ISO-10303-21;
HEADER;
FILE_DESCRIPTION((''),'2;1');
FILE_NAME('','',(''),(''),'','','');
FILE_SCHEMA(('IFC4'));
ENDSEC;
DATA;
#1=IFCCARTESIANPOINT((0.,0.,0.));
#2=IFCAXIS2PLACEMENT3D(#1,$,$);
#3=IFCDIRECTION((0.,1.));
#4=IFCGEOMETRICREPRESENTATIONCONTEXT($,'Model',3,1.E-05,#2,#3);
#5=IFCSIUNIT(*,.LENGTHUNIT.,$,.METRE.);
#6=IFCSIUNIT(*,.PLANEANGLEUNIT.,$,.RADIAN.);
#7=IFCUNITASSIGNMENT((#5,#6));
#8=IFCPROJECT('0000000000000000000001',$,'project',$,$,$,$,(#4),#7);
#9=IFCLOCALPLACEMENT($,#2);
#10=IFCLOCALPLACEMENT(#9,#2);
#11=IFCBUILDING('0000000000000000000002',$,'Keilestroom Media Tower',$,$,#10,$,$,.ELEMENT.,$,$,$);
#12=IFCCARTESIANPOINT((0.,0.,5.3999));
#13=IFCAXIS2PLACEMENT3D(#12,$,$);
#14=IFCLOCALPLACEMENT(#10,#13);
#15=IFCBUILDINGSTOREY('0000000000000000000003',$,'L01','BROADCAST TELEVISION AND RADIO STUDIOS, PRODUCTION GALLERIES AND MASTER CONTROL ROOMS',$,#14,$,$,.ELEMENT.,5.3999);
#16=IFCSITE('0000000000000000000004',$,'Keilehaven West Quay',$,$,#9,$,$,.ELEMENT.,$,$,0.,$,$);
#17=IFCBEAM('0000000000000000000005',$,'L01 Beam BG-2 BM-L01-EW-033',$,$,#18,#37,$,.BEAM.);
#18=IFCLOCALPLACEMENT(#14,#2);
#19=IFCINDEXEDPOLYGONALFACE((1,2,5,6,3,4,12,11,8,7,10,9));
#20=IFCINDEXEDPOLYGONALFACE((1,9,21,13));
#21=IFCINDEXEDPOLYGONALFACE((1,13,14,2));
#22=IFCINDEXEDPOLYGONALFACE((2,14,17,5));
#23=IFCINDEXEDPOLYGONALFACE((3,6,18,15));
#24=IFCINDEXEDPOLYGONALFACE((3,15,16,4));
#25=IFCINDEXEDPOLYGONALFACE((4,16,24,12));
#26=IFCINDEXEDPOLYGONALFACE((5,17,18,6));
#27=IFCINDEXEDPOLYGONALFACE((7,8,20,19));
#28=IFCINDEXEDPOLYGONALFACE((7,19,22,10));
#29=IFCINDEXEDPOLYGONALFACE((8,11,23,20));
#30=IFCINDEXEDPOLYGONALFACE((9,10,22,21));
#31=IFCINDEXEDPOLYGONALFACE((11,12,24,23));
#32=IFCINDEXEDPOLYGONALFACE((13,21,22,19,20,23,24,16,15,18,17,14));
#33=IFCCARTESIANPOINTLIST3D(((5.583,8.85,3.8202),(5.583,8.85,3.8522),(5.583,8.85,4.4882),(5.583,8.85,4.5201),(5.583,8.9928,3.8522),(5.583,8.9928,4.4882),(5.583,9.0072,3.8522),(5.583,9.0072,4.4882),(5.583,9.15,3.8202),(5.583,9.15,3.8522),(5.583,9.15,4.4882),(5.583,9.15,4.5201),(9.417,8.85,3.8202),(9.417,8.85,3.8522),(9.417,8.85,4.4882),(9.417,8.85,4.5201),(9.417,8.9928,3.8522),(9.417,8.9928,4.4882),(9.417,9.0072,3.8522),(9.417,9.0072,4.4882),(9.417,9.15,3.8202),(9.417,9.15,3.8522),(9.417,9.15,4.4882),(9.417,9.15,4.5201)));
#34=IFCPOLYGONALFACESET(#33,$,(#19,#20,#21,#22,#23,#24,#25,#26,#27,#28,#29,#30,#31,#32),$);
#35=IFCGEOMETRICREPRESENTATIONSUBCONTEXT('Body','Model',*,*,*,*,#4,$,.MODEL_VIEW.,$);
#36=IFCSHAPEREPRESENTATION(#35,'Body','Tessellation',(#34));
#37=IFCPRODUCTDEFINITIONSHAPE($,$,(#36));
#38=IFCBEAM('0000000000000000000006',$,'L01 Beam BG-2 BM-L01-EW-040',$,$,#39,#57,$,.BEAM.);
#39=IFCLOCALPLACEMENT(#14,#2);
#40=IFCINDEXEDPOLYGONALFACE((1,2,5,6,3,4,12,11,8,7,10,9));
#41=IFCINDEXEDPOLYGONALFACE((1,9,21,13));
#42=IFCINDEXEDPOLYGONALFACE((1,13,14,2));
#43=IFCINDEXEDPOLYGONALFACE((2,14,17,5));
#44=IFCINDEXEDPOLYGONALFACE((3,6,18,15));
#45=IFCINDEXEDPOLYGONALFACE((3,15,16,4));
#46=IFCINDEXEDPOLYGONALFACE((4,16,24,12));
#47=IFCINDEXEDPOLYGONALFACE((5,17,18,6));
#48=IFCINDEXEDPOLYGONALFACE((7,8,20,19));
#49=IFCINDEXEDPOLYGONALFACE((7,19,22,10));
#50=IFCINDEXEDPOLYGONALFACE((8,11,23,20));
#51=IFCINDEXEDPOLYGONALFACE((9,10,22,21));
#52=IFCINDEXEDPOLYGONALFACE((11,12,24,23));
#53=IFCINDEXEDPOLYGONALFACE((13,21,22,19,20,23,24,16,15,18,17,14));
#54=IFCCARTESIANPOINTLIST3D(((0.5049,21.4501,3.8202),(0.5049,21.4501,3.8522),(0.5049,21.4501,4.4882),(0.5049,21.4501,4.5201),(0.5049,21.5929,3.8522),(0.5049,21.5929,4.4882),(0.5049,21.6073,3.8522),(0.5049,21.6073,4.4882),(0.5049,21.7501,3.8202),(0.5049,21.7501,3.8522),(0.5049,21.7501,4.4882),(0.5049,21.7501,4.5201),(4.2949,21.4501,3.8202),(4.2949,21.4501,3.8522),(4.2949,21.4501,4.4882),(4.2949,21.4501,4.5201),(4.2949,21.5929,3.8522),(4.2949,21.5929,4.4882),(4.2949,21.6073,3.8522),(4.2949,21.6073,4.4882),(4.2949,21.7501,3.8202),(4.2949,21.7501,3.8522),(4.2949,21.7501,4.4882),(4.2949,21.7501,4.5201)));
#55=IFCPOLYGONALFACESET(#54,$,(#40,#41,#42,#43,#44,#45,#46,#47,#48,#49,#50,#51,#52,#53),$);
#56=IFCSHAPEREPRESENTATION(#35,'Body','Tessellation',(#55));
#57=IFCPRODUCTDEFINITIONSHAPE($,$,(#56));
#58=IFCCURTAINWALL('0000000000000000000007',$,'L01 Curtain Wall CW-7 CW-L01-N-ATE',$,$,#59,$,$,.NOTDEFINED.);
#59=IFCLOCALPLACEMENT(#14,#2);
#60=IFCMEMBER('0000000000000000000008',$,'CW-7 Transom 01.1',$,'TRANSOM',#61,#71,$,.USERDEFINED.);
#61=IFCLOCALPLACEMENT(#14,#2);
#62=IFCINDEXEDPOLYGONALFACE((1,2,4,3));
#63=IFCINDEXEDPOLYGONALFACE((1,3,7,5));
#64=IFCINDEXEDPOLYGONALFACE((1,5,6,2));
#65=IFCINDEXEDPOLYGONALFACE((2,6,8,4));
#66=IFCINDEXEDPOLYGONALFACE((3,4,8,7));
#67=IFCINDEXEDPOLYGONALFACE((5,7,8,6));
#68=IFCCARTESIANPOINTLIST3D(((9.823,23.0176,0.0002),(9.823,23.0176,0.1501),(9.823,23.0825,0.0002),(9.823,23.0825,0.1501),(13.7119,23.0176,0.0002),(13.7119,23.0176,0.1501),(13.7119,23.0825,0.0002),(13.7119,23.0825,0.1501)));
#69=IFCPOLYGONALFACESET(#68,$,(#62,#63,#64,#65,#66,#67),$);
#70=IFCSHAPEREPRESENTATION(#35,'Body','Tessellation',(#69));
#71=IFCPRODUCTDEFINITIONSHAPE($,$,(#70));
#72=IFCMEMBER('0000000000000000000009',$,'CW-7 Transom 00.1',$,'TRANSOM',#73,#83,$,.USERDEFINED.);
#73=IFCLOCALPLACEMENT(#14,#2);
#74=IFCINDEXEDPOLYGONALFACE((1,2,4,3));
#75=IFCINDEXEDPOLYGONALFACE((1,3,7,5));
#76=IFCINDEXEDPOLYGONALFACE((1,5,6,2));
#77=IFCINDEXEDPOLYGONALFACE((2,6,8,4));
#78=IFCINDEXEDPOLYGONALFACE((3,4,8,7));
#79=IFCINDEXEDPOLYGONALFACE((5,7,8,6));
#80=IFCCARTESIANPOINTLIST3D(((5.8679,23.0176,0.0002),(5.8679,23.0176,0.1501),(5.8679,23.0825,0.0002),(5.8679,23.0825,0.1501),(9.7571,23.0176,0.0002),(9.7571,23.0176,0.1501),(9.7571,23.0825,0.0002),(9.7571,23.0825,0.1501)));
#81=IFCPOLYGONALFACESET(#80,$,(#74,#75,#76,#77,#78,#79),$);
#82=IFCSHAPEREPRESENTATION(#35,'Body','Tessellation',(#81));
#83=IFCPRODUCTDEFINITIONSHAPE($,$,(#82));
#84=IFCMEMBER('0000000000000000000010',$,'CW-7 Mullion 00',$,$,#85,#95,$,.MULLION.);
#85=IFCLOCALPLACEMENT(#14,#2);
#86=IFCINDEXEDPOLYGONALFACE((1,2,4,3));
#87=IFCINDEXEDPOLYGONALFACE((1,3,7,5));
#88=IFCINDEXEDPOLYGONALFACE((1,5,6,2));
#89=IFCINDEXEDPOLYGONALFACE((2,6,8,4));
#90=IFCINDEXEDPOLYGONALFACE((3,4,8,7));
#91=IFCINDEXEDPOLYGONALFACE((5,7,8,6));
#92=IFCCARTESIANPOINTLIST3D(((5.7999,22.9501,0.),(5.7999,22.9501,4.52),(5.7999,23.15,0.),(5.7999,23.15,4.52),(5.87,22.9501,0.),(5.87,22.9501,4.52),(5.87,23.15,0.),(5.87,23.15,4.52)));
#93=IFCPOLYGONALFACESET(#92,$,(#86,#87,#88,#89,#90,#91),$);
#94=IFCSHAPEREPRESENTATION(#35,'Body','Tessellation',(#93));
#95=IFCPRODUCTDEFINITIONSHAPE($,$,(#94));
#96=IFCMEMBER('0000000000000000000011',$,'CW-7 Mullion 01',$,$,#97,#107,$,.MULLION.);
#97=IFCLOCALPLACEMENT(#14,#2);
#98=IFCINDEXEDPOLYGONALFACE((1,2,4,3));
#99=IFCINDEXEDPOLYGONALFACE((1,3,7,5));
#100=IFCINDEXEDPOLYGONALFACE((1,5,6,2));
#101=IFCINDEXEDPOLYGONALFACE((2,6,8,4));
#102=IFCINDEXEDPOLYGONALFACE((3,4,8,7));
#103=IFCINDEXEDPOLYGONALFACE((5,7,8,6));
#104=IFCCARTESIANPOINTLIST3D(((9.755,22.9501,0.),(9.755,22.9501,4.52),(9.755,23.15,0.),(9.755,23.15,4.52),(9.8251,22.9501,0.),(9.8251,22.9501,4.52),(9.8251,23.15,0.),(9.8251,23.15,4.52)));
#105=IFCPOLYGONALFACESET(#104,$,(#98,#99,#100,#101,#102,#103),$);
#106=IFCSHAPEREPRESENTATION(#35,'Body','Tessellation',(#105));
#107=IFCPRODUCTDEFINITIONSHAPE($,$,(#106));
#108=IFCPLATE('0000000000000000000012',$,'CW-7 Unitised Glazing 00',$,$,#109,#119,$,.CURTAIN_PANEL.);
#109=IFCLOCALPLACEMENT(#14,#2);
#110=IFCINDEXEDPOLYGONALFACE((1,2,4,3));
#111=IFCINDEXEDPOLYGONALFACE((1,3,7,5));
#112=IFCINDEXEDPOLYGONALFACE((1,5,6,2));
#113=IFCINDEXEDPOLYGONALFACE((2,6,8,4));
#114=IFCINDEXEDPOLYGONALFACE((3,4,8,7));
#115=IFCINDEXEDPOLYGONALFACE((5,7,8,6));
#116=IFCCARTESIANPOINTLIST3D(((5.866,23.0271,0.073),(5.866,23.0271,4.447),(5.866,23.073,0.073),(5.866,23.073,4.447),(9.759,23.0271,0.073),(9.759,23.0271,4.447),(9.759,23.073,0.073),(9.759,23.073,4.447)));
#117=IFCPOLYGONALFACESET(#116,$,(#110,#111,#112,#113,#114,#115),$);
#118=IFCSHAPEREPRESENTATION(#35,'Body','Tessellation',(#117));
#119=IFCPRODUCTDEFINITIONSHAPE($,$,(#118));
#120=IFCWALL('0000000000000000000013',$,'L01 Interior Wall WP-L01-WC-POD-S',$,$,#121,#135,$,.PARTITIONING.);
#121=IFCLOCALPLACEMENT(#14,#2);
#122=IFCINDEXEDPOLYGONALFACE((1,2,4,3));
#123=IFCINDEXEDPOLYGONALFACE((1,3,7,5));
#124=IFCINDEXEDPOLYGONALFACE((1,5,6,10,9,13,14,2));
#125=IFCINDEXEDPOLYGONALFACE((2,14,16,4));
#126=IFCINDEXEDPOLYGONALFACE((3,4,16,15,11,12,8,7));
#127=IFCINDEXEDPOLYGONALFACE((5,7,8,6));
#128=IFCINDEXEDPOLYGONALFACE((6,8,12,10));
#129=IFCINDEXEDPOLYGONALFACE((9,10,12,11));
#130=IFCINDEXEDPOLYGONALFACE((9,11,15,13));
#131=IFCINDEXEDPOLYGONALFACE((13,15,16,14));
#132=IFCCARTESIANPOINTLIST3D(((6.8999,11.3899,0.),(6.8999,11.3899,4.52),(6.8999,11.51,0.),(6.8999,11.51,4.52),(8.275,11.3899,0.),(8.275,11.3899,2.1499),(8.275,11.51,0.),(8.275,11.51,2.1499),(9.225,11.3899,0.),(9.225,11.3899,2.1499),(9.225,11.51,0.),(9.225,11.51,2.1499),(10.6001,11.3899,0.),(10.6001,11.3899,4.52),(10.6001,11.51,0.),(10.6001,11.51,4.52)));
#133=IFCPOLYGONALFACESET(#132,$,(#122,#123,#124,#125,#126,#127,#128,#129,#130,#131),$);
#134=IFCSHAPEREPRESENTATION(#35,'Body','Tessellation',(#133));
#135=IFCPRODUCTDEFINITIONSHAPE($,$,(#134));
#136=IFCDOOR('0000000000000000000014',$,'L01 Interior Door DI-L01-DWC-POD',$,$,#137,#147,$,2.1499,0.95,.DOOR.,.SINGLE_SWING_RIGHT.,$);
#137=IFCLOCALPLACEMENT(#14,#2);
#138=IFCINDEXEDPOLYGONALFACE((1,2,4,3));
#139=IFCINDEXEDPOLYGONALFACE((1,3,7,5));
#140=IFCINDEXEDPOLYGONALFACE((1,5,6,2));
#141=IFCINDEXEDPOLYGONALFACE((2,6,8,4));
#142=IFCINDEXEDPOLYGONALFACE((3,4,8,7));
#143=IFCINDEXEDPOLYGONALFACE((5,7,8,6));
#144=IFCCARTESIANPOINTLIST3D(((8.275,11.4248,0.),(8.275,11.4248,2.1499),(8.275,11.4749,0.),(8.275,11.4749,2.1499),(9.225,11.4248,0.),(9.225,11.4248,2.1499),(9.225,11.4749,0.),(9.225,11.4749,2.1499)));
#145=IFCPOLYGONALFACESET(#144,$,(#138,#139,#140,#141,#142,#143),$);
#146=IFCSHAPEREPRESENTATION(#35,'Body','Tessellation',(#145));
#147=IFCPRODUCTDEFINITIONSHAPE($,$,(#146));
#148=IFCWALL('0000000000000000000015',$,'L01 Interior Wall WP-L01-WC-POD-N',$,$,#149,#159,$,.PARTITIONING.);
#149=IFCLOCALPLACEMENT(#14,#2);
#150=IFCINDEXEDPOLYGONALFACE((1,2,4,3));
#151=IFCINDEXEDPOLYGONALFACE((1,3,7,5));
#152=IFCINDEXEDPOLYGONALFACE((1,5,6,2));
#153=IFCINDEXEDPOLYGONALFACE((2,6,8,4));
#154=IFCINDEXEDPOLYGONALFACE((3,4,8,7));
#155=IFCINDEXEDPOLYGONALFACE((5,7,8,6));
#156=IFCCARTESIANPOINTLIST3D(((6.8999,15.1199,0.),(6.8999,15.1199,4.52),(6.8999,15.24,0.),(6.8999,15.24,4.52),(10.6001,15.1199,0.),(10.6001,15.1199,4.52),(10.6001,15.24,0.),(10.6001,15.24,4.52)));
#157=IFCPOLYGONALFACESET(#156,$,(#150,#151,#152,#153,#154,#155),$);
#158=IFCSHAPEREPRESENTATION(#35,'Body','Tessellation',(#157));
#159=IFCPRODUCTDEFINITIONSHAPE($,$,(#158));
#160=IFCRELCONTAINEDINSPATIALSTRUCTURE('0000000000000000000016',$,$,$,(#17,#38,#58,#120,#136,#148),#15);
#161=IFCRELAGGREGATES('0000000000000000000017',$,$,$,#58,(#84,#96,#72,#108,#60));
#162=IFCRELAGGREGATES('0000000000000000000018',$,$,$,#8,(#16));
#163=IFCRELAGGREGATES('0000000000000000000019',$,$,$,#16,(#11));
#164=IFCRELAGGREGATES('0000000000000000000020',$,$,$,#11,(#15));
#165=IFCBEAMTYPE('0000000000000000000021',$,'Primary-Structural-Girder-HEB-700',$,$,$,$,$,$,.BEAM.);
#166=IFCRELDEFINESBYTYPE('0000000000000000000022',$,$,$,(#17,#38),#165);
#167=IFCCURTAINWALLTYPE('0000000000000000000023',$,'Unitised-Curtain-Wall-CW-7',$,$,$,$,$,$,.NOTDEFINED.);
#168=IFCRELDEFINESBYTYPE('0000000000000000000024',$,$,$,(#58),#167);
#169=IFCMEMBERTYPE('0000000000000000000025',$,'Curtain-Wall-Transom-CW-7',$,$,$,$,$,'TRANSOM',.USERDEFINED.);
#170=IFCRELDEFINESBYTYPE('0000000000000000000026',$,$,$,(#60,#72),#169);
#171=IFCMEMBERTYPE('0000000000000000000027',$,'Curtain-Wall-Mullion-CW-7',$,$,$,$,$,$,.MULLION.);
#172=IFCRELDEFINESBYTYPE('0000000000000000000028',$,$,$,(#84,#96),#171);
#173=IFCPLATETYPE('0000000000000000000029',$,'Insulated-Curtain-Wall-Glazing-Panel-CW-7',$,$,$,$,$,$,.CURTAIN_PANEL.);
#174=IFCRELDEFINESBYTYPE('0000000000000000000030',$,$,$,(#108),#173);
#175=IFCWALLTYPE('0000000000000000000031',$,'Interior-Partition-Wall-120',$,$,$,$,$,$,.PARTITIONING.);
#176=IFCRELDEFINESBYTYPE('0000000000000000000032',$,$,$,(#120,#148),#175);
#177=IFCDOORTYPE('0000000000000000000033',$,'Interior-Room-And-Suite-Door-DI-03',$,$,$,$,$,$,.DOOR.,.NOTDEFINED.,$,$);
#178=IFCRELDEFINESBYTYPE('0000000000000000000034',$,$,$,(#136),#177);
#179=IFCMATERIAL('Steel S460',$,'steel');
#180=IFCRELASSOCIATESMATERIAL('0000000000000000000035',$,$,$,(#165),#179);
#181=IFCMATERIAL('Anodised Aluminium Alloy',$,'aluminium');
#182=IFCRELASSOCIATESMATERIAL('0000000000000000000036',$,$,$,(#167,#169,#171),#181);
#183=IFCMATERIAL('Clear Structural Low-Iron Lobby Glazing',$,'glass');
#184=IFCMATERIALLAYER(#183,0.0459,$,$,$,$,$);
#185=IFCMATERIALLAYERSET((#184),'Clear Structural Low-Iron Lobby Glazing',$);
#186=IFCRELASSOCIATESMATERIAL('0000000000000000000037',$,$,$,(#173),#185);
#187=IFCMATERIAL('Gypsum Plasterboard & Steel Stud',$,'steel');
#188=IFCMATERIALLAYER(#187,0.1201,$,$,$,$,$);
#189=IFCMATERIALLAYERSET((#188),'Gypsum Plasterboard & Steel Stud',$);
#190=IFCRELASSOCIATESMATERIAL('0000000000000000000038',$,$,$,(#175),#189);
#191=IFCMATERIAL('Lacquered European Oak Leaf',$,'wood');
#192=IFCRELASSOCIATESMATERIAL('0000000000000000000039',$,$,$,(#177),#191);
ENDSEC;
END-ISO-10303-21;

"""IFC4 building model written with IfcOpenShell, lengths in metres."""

from ifc_helpers import new_model, si_unit, direction, frame, frame_2d, origin, origin_2d, place, context, subcontext, project, spatial, rectangle, i_section, extrude, source, transform, mapped, material, layer, layer_set, material_profile, profile_set, type_object, element, fill, aggregate, save


model = new_model("IFC4")

# Units and contexts
model_context = context("Model", 3, precision=1e-05, world=origin(), true_north=direction((0.0, 1.0)))
body_context = subcontext(model_context, "Body", "Model", "MODEL_VIEW")
ifc_project = project(units=[si_unit("LENGTHUNIT", "METRE"), si_unit("PLANEANGLEUNIT", "RADIAN")], contexts=[model_context])

# Site, building, storey
site_placement = place(None, origin())
site = spatial("IfcSite", under=ifc_project, at=site_placement, Name="Keilehaven West Quay", CompositionType="ELEMENT", RefElevation=0.0)
building_placement = place(site_placement, origin())
building = spatial("IfcBuilding", under=site, at=building_placement, Name="Keilestroom Media Tower", CompositionType="ELEMENT")
storey_placement = place(building_placement, frame((0.0, 0.0, 5.3999)))
storey = spatial("IfcBuildingStorey", under=building, at=storey_placement, Name="L01", Description="BROADCAST TELEVISION AND RADIO STUDIOS, PRODUCTION GALLERIES AND MASTER CONTROL ROOMS", CompositionType="ELEMENT", Elevation=5.3999)

# Shared definitions
ifc_material_1 = material(Name="Steel S460", Category="steel")

# Beams
ifc_material_profile_1 = material_profile(ifc_material_1, i_section(OverallWidth=0.3, OverallDepth=0.7, WebThickness=0.0144, FlangeThickness=0.032, at=origin_2d()), Name="HEB 700")
ifc_profile_set_1 = profile_set([ifc_material_profile_1], Name="Steel S460")
beam_type_1 = type_object("IfcBeamType", Name="Primary-Structural-Girder-HEB-700", PredefinedType="BEAM", material=ifc_profile_set_1)
shared_shape_1 = source(origin(), body_context, "Body", "SweptSolid", [
    extrude(i_section(OverallWidth=0.3, OverallDepth=0.7, WebThickness=0.0144, FlangeThickness=0.032, at=origin_2d()), origin(), (0.0, 0.0, 1.0), 3.834),
])
beam_1_placement = place(storey_placement, frame((5.583, 9.0, 4.1702), z_axis=(1.0, 0.0, 0.0), x_axis=(0.0, 1.0, 0.0)))
element("IfcBeam", 1, at=beam_1_placement, inside=storey, type_object=beam_type_1, Name="L01 Beam BG-2 BM-L01-EW-033", PredefinedType="BEAM", context=body_context, shape_type="MappedRepresentation", body=[
    mapped(shared_shape_1, transform((0.0, 0.0, 0.0), x_axis=(1.0, 0.0, 0.0), y_axis=(0.0, 1.0, 0.0), z_axis=(0.0, 0.0, 1.0), scale=1.0)),
])
shared_shape_2 = source(origin(), body_context, "Body", "SweptSolid", [
    extrude(i_section(OverallWidth=0.3, OverallDepth=0.7, WebThickness=0.0144, FlangeThickness=0.032, at=origin_2d()), origin(), (0.0, 0.0, 1.0), 3.79),
])
beam_2_placement = place(storey_placement, frame((0.5049, 21.6001, 4.1702), z_axis=(1.0, 0.0, 0.0), x_axis=(0.0, 1.0, 0.0)))
element("IfcBeam", 2, at=beam_2_placement, inside=storey, type_object=beam_type_1, Name="L01 Beam BG-2 BM-L01-EW-040", PredefinedType="BEAM", context=body_context, shape_type="MappedRepresentation", body=[
    mapped(shared_shape_2, transform((0.0, 0.0, 0.0), x_axis=(1.0, 0.0, 0.0), y_axis=(0.0, 1.0, 0.0), z_axis=(0.0, 0.0, 1.0), scale=1.0)),
])

# Curtain wall, members, plate
ifc_material_2 = material(Name="Anodised Aluminium Alloy", Category="aluminium")
curtain_wall_type = type_object("IfcCurtainWallType", Name="Unitised-Curtain-Wall-CW-7", PredefinedType="NOTDEFINED", material=ifc_material_2)
curtain_wall_placement = place(storey_placement, origin())
curtain_wall = element("IfcCurtainWall", 3, at=curtain_wall_placement, inside=storey, type_object=curtain_wall_type, Name="L01 Curtain Wall CW-7 CW-L01-N-ATE", PredefinedType="NOTDEFINED")
ifc_material_profile_2 = material_profile(ifc_material_2, rectangle(XDim=0.0649, YDim=0.1499, at=origin_2d()), Name="ALU TRANSOM 65x150")
ifc_profile_set_2 = profile_set([ifc_material_profile_2], Name="Anodised Aluminium Alloy")
member_type_1 = type_object("IfcMemberType", Name="Curtain-Wall-Transom-CW-7", ElementType="TRANSOM", PredefinedType="USERDEFINED", material=ifc_profile_set_2)
shared_shape_3 = source(origin(), body_context, "Body", "SweptSolid", [
    extrude(rectangle(XDim=0.0649, YDim=0.1499, at=origin_2d()), origin(), (0.0, 0.0, 1.0), 3.8889),
])
member_1_placement = place(storey_placement, frame((9.823, 23.05, 0.0752), z_axis=(1.0, 0.0, 0.0), x_axis=(0.0, 1.0, 0.0)))
member_1 = element("IfcMember", 4, at=member_1_placement, type_object=member_type_1, Name="CW-7 Transom 01.1", ObjectType="TRANSOM", PredefinedType="USERDEFINED", context=body_context, shape_type="MappedRepresentation", body=[
    mapped(shared_shape_3, transform((0.0, 0.0, 0.0), x_axis=(1.0, 0.0, 0.0), y_axis=(0.0, 1.0, 0.0), z_axis=(0.0, 0.0, 1.0), scale=1.0)),
])
shared_shape_4 = source(origin(), body_context, "Body", "SweptSolid", [
    extrude(rectangle(XDim=0.0649, YDim=0.1499, at=origin_2d()), origin(), (0.0, 0.0, 1.0), 3.8892),
])
member_2_placement = place(storey_placement, frame((5.8679, 23.05, 0.0752), z_axis=(1.0, 0.0, 0.0), x_axis=(0.0, 1.0, 0.0)))
member_2 = element("IfcMember", 5, at=member_2_placement, type_object=member_type_1, Name="CW-7 Transom 00.1", ObjectType="TRANSOM", PredefinedType="USERDEFINED", context=body_context, shape_type="MappedRepresentation", body=[
    mapped(shared_shape_4, transform((0.0, 0.0, 0.0), x_axis=(1.0, 0.0, 0.0), y_axis=(0.0, 1.0, 0.0), z_axis=(0.0, 0.0, 1.0), scale=1.0)),
])
ifc_material_profile_3 = material_profile(ifc_material_2, rectangle(XDim=0.0701, YDim=0.2, at=origin_2d()), Name="ALU MULLION 70x200")
ifc_profile_set_3 = profile_set([ifc_material_profile_3], Name="Anodised Aluminium Alloy")
member_type_2 = type_object("IfcMemberType", Name="Curtain-Wall-Mullion-CW-7", PredefinedType="MULLION", material=ifc_profile_set_3)
shared_shape_5 = source(origin(), body_context, "Body", "SweptSolid", [
    extrude(rectangle(XDim=0.0701, YDim=0.2, at=origin_2d()), origin(), (0.0, 0.0, 1.0), 4.52),
])
member_3_placement = place(storey_placement, frame((5.835, 23.05, 0.0), z_axis=(0.0, 0.0, 1.0), x_axis=(1.0, 0.0, 0.0)))
member_3 = element("IfcMember", 6, at=member_3_placement, type_object=member_type_2, Name="CW-7 Mullion 00", PredefinedType="MULLION", context=body_context, shape_type="MappedRepresentation", body=[
    mapped(shared_shape_5, transform((0.0, 0.0, 0.0), x_axis=(1.0, 0.0, 0.0), y_axis=(0.0, 1.0, 0.0), z_axis=(0.0, 0.0, 1.0), scale=1.0)),
])
member_4_placement = place(storey_placement, frame((9.79, 23.05, 0.0), z_axis=(0.0, 0.0, 1.0), x_axis=(1.0, 0.0, 0.0)))
member_4 = element("IfcMember", 7, at=member_4_placement, type_object=member_type_2, Name="CW-7 Mullion 01", PredefinedType="MULLION", context=body_context, shape_type="MappedRepresentation", body=[
    mapped(shared_shape_5, transform((0.0, 0.0, 0.0), x_axis=(1.0, 0.0, 0.0), y_axis=(0.0, 1.0, 0.0), z_axis=(0.0, 0.0, 1.0), scale=1.0)),
])
ifc_material_3 = material(Name="Clear Structural Low-Iron Lobby Glazing", Category="glass")
ifc_layer_1 = layer(ifc_material_3, 0.0459)
ifc_layer_set_1 = layer_set([ifc_layer_1], Name="Clear Structural Low-Iron Lobby Glazing")
plate_type = type_object("IfcPlateType", Name="Insulated-Curtain-Wall-Glazing-Panel-CW-7", PredefinedType="CURTAIN_PANEL", material=ifc_layer_set_1)
shared_shape_6 = source(origin(), body_context, "Body", "SweptSolid", [
    extrude(rectangle(XDim=3.8931, YDim=0.0459, at=origin_2d()), origin(), (0.0, 0.0, 1.0), 4.374),
])
plate_placement = place(storey_placement, frame((7.8125, 23.05, 0.073), z_axis=(0.0, 0.0, 1.0), x_axis=(1.0, 0.0, 0.0)))
plate = element("IfcPlate", 8, at=plate_placement, type_object=plate_type, Name="CW-7 Unitised Glazing 00", PredefinedType="CURTAIN_PANEL", context=body_context, shape_type="MappedRepresentation", body=[
    mapped(shared_shape_6, transform((0.0, 0.0, 0.0), x_axis=(1.0, 0.0, 0.0), y_axis=(0.0, 1.0, 0.0), z_axis=(0.0, 0.0, 1.0), scale=1.0)),
])
aggregate(curtain_wall, [member_3, member_4, member_2, plate, member_1])

# Wall, opening, door
ifc_material_4 = material(Name="Gypsum Plasterboard & Steel Stud", Category="steel")
ifc_layer_2 = layer(ifc_material_4, 0.1201)
ifc_layer_set_2 = layer_set([ifc_layer_2], Name="Gypsum Plasterboard & Steel Stud")
wall_type_1 = type_object("IfcWallType", Name="Interior-Partition-Wall-120", PredefinedType="PARTITIONING", material=ifc_layer_set_2)
wall_1_placement = place(storey_placement, frame((6.8999, 11.45, 0.0), z_axis=(0.0, 0.0, 1.0), x_axis=(1.0, 0.0, 0.0)))
wall_1 = element("IfcWall", 9, at=wall_1_placement, inside=storey, type_object=wall_type_1, Name="L01 Interior Wall WP-L01-WC-POD-S", PredefinedType="PARTITIONING", context=body_context, shape_type="SweptSolid", body=[
    extrude(rectangle(XDim=3.7002, YDim=0.1201, at=frame_2d((1.8501, 0.0))), origin(), (0.0, 0.0, 1.0), 4.52),
])
opening_placement = place(wall_1_placement, frame((1.375, 0.0, 0.0)))
opening = element("IfcOpeningElement", 10, at=opening_placement, cuts=wall_1, PredefinedType="OPENING", context=body_context, shape_type="SweptSolid", body=[
    extrude(rectangle(XDim=0.95, YDim=2.1499, at=frame_2d((0.4751, 1.075))), frame((0.0, 0.0701, 0.0), z_axis=(0.0, -1.0, 0.0), x_axis=(1.0, 0.0, 0.0)), (0.0, 0.0, 1.0), 0.1401),
])
ifc_material_5 = material(Name="Lacquered European Oak Leaf", Category="wood")
door_type = type_object("IfcDoorType", Name="Interior-Room-And-Suite-Door-DI-03", OperationType="NOTDEFINED", PredefinedType="DOOR", material=ifc_material_5)
shared_shape_7 = source(origin(), body_context, "Body", "SweptSolid", [
    extrude(rectangle(XDim=0.95, YDim=2.1499, at=frame_2d((0.4751, 1.075))), frame((0.0, 0.0249, 0.0), z_axis=(0.0, -1.0, 0.0), x_axis=(1.0, 0.0, 0.0)), (0.0, 0.0, 1.0), 0.05),
])
door_placement = place(opening_placement, origin())
door = element("IfcDoor", 11, at=door_placement, inside=storey, type_object=door_type, Name="L01 Interior Door DI-L01-DWC-POD", OperationType="SINGLE_SWING_RIGHT", OverallHeight=2.1499, OverallWidth=0.95, PredefinedType="DOOR", context=body_context, shape_type="MappedRepresentation", body=[
    mapped(shared_shape_7, transform((0.0, 0.0, 0.0), x_axis=(1.0, 0.0, 0.0), y_axis=(0.0, 1.0, 0.0), z_axis=(0.0, 0.0, 1.0), scale=1.0)),
])
fill(opening, door)

# Wall
wall_2_placement = place(storey_placement, frame((6.8999, 15.1799, 0.0), z_axis=(0.0, 0.0, 1.0), x_axis=(1.0, 0.0, 0.0)))
element("IfcWall", 12, at=wall_2_placement, inside=storey, type_object=wall_type_1, Name="L01 Interior Wall WP-L01-WC-POD-N", PredefinedType="PARTITIONING", context=body_context, shape_type="SweptSolid", body=[
    extrude(rectangle(XDim=3.7002, YDim=0.1201, at=frame_2d((1.8501, 0.0))), origin(), (0.0, 0.0, 1.0), 4.52),
])

save(model, "model.ifc")
